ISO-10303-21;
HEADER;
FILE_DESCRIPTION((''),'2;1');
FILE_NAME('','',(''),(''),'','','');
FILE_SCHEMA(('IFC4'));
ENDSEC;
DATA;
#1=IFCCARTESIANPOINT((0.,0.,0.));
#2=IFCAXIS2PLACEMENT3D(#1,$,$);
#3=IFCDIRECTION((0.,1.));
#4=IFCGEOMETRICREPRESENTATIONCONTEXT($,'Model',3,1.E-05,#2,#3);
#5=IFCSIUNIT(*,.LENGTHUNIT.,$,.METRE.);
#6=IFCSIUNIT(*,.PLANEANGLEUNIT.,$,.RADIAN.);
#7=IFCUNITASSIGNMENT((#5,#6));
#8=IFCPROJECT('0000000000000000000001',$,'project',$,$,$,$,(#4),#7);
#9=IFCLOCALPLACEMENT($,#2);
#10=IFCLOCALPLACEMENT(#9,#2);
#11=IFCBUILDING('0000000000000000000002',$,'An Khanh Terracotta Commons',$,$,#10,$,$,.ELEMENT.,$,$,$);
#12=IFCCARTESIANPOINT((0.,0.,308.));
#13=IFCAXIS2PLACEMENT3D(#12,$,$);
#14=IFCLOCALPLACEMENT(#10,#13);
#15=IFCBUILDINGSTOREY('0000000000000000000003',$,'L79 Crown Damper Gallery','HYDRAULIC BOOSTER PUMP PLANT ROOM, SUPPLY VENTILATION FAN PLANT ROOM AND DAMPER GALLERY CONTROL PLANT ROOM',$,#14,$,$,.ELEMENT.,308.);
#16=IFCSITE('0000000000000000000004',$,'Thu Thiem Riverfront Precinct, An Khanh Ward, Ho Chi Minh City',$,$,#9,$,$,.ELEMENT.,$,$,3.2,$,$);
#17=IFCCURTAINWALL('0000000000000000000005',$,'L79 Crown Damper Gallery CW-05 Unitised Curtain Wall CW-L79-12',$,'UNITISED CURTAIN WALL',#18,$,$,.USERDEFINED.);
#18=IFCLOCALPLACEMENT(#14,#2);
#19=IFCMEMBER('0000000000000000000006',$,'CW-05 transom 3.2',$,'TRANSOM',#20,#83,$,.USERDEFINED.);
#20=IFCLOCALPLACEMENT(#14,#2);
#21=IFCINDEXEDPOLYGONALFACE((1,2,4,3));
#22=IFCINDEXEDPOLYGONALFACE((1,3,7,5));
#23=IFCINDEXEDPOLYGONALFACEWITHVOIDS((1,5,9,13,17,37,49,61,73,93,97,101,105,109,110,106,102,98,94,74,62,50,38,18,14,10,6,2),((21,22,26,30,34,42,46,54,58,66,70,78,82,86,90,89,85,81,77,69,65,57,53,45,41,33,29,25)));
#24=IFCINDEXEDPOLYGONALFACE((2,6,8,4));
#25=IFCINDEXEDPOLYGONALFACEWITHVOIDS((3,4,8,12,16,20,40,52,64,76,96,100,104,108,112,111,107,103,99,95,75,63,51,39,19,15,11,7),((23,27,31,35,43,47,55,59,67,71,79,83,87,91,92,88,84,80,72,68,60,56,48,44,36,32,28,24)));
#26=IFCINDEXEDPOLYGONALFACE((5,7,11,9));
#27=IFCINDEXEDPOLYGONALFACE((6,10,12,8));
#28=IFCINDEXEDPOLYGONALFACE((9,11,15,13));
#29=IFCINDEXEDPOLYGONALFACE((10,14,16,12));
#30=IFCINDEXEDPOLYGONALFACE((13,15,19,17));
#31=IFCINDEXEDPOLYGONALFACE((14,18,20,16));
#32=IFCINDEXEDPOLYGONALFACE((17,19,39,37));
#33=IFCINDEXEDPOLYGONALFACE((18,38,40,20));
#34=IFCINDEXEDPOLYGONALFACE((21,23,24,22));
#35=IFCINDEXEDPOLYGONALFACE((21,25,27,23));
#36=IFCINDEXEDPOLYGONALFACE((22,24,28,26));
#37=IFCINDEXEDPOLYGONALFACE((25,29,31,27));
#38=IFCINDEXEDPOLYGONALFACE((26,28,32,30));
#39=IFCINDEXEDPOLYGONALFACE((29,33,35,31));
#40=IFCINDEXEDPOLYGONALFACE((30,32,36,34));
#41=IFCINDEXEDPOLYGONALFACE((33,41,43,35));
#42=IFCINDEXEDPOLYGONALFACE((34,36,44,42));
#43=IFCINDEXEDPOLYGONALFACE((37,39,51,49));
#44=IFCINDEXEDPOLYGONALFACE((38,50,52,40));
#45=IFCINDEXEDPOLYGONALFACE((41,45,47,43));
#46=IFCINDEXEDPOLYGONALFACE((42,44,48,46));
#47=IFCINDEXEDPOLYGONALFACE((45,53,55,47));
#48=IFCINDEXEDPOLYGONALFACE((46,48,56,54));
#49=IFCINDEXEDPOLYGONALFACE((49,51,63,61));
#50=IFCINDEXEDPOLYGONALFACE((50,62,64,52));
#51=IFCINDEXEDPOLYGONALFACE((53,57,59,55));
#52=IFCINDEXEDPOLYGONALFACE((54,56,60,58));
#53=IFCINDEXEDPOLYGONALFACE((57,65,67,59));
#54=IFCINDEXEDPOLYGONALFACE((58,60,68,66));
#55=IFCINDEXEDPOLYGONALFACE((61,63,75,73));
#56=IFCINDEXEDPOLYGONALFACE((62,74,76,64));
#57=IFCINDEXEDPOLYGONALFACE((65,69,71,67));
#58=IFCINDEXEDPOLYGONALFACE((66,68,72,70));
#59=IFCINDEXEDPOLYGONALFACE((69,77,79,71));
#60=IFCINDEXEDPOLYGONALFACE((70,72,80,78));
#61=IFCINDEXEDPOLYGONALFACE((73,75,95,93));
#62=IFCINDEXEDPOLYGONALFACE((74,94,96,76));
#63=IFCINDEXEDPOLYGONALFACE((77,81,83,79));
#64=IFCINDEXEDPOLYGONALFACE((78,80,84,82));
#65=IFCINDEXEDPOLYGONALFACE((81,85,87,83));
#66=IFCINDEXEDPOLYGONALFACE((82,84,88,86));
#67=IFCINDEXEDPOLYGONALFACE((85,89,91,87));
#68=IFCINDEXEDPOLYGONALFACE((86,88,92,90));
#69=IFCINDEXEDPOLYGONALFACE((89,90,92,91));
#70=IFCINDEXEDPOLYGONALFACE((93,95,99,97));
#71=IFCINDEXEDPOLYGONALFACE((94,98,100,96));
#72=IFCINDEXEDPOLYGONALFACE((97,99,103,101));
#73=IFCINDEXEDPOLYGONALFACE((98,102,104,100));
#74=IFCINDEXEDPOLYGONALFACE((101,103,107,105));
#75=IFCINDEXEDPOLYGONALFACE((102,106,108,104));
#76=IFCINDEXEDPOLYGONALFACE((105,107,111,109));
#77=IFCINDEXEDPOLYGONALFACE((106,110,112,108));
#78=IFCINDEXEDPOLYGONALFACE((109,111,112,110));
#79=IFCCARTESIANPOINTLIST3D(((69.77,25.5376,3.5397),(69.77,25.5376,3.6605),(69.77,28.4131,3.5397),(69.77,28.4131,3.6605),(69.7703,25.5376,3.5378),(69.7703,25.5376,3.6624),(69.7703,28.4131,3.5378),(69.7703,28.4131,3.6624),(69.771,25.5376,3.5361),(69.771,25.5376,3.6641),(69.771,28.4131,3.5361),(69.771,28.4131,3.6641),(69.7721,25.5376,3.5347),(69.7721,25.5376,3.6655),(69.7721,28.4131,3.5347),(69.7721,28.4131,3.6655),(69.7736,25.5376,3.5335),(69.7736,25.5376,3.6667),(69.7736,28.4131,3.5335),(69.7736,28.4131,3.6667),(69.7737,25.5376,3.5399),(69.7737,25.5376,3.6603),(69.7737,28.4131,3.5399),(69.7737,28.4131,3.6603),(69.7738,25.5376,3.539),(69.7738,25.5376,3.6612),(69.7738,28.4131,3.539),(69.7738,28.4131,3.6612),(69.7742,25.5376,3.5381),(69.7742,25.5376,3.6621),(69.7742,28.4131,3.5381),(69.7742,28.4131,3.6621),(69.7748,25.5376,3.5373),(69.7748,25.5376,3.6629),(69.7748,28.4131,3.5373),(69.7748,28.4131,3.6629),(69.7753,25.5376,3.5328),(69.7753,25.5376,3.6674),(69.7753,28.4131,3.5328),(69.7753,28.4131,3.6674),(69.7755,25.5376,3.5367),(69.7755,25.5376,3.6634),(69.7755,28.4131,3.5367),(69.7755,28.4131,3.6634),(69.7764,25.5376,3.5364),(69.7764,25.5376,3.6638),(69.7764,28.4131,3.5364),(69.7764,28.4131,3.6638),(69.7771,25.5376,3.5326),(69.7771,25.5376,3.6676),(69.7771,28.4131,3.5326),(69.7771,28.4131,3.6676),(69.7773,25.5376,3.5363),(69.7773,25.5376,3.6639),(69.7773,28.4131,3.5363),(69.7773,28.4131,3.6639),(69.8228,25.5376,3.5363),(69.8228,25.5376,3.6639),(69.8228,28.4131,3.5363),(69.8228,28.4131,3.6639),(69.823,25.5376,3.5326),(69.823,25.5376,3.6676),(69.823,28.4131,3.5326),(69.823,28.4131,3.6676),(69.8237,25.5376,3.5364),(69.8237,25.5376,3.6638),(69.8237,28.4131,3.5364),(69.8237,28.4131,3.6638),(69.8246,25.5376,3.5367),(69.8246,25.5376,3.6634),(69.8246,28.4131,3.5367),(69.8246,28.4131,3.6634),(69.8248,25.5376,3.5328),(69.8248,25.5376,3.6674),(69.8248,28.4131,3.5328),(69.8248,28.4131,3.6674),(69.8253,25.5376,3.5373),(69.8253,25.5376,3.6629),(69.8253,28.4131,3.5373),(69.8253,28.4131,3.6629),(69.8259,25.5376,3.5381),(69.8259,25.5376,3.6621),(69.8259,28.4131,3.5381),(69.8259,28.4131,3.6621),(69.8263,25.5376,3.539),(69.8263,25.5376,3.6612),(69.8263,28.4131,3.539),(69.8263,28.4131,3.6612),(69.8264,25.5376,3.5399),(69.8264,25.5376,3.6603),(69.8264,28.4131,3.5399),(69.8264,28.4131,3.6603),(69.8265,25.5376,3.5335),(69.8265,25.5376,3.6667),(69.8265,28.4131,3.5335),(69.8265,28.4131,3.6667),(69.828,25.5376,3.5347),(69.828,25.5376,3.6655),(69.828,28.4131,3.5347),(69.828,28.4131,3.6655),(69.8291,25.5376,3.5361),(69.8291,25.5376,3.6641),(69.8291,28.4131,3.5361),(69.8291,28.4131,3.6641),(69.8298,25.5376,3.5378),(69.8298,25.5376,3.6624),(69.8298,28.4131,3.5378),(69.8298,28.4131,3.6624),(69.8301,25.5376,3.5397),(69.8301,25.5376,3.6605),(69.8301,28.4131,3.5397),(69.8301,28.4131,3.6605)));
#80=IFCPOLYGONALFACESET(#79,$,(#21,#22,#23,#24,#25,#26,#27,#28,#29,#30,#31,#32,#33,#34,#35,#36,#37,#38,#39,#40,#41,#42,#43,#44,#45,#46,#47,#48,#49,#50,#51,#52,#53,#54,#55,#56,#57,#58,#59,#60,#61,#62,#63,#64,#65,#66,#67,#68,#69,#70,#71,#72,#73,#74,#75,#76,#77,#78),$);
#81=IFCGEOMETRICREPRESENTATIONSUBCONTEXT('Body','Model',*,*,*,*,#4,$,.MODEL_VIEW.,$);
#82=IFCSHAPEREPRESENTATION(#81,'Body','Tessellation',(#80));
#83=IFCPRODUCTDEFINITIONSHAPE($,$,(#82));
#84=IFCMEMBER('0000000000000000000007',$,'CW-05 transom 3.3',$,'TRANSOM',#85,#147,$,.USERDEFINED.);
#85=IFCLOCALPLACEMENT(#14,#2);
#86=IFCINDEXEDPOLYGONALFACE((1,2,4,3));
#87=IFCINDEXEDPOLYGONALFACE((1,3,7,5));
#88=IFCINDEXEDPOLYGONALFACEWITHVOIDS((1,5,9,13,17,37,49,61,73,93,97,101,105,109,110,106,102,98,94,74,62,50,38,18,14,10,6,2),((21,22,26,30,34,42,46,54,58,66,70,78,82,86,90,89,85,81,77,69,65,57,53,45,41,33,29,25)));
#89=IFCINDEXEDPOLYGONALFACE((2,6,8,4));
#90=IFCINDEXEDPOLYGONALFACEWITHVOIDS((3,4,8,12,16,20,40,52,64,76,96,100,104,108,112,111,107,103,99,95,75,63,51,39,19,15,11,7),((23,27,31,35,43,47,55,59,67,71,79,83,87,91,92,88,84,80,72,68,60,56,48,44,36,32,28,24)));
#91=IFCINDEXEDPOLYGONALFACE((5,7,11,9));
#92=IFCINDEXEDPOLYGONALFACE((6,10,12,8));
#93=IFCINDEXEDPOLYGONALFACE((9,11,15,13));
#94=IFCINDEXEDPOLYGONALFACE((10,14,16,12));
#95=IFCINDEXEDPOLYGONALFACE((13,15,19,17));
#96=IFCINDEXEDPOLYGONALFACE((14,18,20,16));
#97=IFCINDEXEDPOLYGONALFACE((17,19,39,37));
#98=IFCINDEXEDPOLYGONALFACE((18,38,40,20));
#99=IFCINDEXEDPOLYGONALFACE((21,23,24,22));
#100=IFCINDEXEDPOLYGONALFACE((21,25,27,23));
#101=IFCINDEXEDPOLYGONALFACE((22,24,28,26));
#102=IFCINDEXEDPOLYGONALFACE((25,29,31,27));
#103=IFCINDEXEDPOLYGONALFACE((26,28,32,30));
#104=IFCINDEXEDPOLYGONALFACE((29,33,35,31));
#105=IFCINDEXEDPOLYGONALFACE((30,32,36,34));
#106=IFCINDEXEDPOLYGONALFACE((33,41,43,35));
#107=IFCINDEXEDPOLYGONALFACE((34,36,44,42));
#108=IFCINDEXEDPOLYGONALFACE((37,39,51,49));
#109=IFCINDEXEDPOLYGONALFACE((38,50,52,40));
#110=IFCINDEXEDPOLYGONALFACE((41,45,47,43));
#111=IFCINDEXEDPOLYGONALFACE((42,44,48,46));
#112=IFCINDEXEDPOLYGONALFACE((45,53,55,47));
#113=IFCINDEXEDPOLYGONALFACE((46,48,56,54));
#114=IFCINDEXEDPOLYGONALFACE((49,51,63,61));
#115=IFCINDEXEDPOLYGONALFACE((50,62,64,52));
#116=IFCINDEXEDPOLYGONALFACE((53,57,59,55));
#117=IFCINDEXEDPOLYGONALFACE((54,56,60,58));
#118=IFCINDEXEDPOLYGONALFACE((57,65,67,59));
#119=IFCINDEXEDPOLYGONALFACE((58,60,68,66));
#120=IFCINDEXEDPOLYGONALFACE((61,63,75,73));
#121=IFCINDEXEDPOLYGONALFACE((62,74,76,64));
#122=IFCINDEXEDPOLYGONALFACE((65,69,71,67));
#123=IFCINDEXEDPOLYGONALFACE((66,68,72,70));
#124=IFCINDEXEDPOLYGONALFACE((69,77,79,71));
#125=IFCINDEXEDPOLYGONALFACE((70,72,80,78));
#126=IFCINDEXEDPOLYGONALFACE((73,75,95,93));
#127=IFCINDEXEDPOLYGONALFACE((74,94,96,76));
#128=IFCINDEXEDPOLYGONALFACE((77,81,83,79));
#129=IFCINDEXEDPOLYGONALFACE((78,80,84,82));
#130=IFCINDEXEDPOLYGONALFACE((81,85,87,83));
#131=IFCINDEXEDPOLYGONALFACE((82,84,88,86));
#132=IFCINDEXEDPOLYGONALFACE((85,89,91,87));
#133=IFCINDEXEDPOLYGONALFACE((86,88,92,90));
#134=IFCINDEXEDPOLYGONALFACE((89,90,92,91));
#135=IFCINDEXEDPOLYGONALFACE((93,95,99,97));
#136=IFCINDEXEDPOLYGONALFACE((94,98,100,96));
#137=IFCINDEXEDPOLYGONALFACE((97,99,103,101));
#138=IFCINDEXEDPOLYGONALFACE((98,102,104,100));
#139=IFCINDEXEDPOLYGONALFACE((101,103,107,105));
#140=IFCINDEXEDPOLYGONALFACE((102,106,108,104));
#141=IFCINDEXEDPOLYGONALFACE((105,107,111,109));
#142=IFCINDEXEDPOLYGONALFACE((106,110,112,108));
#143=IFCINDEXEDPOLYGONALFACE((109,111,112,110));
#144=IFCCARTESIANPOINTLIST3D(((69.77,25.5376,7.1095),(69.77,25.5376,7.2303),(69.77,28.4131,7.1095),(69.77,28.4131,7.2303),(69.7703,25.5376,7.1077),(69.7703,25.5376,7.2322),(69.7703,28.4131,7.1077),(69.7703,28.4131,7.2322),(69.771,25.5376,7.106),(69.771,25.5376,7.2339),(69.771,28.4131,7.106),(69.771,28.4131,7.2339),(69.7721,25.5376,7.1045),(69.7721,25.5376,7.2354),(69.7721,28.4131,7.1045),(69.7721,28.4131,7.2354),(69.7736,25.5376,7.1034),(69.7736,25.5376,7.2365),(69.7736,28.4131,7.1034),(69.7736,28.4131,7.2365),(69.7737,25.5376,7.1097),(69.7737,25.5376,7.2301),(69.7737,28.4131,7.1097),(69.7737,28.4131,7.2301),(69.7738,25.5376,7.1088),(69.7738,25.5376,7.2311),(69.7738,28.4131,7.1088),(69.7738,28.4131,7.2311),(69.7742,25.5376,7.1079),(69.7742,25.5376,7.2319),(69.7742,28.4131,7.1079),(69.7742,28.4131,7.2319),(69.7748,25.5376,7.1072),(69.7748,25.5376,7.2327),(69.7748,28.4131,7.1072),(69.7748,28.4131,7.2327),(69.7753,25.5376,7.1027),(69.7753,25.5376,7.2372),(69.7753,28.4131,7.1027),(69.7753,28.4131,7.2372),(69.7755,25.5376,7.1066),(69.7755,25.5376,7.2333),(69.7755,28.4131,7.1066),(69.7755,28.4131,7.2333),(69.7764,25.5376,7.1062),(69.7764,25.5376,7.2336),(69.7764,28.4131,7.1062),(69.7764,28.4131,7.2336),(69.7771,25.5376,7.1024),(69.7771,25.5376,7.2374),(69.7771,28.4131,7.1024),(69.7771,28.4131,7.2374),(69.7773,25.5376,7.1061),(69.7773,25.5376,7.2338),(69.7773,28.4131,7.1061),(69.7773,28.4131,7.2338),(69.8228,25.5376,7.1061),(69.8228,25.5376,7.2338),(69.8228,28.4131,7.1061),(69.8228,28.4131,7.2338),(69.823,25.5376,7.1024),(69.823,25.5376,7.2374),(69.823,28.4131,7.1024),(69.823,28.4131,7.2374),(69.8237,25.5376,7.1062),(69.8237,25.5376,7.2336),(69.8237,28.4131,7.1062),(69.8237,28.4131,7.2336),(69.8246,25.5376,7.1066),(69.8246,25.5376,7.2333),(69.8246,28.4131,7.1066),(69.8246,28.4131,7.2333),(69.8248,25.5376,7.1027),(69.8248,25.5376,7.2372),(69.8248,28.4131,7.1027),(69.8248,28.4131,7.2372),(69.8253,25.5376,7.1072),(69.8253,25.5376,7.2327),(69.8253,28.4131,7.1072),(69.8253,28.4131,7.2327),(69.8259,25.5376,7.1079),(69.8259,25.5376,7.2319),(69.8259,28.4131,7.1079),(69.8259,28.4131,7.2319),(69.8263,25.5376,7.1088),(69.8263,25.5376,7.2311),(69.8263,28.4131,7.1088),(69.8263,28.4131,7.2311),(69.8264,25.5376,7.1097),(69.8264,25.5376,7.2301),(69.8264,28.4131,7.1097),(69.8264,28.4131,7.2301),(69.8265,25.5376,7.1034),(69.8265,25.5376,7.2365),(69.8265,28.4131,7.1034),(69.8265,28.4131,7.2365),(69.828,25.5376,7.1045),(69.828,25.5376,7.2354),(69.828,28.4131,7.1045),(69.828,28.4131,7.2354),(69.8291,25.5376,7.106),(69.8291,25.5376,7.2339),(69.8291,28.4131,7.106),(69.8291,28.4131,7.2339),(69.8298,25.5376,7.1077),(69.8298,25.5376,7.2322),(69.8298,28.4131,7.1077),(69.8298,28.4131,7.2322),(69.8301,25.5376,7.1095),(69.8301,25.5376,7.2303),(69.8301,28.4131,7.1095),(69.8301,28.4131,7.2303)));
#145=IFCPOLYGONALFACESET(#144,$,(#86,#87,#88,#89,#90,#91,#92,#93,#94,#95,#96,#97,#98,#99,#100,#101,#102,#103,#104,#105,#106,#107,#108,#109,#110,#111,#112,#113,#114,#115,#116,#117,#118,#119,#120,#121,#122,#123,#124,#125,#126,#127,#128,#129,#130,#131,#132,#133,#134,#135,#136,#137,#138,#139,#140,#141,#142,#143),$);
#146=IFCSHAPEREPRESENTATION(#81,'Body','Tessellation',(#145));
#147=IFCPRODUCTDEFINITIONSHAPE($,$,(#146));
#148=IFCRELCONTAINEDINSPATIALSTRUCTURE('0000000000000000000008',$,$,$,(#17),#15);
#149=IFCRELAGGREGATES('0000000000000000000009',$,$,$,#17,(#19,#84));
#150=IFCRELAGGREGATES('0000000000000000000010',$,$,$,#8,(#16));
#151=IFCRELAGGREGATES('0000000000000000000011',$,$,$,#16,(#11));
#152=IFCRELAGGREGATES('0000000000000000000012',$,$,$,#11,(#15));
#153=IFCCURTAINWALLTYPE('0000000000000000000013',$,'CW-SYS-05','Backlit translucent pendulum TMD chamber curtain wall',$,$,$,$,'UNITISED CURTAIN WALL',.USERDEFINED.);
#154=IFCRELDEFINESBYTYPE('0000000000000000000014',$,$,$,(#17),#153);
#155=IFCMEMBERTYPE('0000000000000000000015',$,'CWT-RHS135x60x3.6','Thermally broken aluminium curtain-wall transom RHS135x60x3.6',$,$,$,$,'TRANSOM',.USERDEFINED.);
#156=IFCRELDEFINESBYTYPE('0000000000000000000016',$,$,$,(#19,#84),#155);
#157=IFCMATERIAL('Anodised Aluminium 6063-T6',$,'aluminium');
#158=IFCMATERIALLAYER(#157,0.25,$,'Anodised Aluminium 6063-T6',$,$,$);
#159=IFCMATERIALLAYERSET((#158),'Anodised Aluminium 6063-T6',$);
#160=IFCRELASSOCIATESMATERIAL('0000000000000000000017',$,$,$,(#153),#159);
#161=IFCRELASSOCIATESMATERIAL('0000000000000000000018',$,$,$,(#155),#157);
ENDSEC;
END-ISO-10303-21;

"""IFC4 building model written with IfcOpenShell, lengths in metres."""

from ifc_helpers import new_model, si_unit, direction, frame, origin, origin_2d, place, context, subcontext, project, spatial, hollow_rectangle, extrude, material, layer, layer_set, material_profile, profile_set, type_object, element, aggregate, save


model = new_model("IFC4")

# Units and contexts
model_context = context("Model", 3, precision=1e-05, world=origin(), true_north=direction((0.0, 1.0)))
body_context = subcontext(model_context, "Body", "Model", "MODEL_VIEW")
ifc_project = project(units=[si_unit("LENGTHUNIT", "METRE"), si_unit("PLANEANGLEUNIT", "RADIAN")], contexts=[model_context])

# Site, building, storey
site_placement = place(None, origin())
site = spatial("IfcSite", under=ifc_project, at=site_placement, Name="Thu Thiem Riverfront Precinct, An Khanh Ward, Ho Chi Minh City", CompositionType="ELEMENT", RefElevation=3.2)
building_placement = place(site_placement, origin())
building = spatial("IfcBuilding", under=site, at=building_placement, Name="An Khanh Terracotta Commons", CompositionType="ELEMENT")
storey_placement = place(building_placement, frame((0.0, 0.0, 308.0)))
storey = spatial("IfcBuildingStorey", under=building, at=storey_placement, Name="L79 Crown Damper Gallery", Description="HYDRAULIC BOOSTER PUMP PLANT ROOM, SUPPLY VENTILATION FAN PLANT ROOM AND DAMPER GALLERY CONTROL PLANT ROOM", CompositionType="ELEMENT", Elevation=308.0)

# Curtain wall
ifc_material_1 = material(Name="Anodised Aluminium 6063-T6", Category="aluminium")
ifc_layer_1 = layer(ifc_material_1, 0.25, Name="Anodised Aluminium 6063-T6")
ifc_layer_set_1 = layer_set([ifc_layer_1], Name="Anodised Aluminium 6063-T6")
curtain_wall_type = type_object("IfcCurtainWallType", Name="CW-SYS-05", Description="Backlit translucent pendulum TMD chamber curtain wall", ElementType="UNITISED CURTAIN WALL", PredefinedType="USERDEFINED", material=ifc_layer_set_1)
curtain_wall_1_placement = place(storey_placement, origin())
curtain_wall_1 = element("IfcCurtainWall", 1, at=curtain_wall_1_placement, inside=storey, type_object=curtain_wall_type, Name="L79 Crown Damper Gallery CW-05 Unitised Curtain Wall CW-L79-12", ObjectType="UNITISED CURTAIN WALL", PredefinedType="USERDEFINED")

# Members
ifc_material_profile_1 = material_profile(ifc_material_1, hollow_rectangle(XDim=0.0601, YDim=0.135, WallThickness=0.0037, InnerFilletRadius=0.0037, OuterFilletRadius=0.0071, at=origin_2d()), Name="RHS135x60x3.6")
ifc_profile_set_1 = profile_set([ifc_material_profile_1], Name="Anodised Aluminium 6063-T6")
member_type_1 = type_object("IfcMemberType", Name="CWT-RHS135x60x3.6", Description="Thermally broken aluminium curtain-wall transom RHS135x60x3.6", ElementType="TRANSOM", PredefinedType="USERDEFINED", material=ifc_profile_set_1)
member_1_placement = place(storey_placement, frame((69.8, 25.5376, 3.6001), z_axis=(0.0, 1.0, 0.0), x_axis=(-1.0, 0.0, 0.0)))
member_1 = element("IfcMember", 2, at=member_1_placement, type_object=member_type_1, Name="CW-05 transom 3.2", ObjectType="TRANSOM", PredefinedType="USERDEFINED", context=body_context, shape_type="SweptSolid", body=[
    extrude(hollow_rectangle(XDim=0.0601, YDim=0.135, WallThickness=0.0037, InnerFilletRadius=0.0037, OuterFilletRadius=0.0071, at=origin_2d()), origin(), (0.0, 0.0, 1.0), 2.8755),
])
member_2_placement = place(storey_placement, frame((69.8, 25.5376, 7.1699), z_axis=(0.0, 1.0, 0.0), x_axis=(-1.0, 0.0, 0.0)))
member_2 = element("IfcMember", 3, at=member_2_placement, type_object=member_type_1, Name="CW-05 transom 3.3", ObjectType="TRANSOM", PredefinedType="USERDEFINED", context=body_context, shape_type="SweptSolid", body=[
    extrude(hollow_rectangle(XDim=0.0601, YDim=0.135, WallThickness=0.0037, InnerFilletRadius=0.0037, OuterFilletRadius=0.0071, at=origin_2d()), origin(), (0.0, 0.0, 1.0), 2.8755),
])

aggregate(curtain_wall_1, [member_1, member_2])

save(model, "model.ifc")
